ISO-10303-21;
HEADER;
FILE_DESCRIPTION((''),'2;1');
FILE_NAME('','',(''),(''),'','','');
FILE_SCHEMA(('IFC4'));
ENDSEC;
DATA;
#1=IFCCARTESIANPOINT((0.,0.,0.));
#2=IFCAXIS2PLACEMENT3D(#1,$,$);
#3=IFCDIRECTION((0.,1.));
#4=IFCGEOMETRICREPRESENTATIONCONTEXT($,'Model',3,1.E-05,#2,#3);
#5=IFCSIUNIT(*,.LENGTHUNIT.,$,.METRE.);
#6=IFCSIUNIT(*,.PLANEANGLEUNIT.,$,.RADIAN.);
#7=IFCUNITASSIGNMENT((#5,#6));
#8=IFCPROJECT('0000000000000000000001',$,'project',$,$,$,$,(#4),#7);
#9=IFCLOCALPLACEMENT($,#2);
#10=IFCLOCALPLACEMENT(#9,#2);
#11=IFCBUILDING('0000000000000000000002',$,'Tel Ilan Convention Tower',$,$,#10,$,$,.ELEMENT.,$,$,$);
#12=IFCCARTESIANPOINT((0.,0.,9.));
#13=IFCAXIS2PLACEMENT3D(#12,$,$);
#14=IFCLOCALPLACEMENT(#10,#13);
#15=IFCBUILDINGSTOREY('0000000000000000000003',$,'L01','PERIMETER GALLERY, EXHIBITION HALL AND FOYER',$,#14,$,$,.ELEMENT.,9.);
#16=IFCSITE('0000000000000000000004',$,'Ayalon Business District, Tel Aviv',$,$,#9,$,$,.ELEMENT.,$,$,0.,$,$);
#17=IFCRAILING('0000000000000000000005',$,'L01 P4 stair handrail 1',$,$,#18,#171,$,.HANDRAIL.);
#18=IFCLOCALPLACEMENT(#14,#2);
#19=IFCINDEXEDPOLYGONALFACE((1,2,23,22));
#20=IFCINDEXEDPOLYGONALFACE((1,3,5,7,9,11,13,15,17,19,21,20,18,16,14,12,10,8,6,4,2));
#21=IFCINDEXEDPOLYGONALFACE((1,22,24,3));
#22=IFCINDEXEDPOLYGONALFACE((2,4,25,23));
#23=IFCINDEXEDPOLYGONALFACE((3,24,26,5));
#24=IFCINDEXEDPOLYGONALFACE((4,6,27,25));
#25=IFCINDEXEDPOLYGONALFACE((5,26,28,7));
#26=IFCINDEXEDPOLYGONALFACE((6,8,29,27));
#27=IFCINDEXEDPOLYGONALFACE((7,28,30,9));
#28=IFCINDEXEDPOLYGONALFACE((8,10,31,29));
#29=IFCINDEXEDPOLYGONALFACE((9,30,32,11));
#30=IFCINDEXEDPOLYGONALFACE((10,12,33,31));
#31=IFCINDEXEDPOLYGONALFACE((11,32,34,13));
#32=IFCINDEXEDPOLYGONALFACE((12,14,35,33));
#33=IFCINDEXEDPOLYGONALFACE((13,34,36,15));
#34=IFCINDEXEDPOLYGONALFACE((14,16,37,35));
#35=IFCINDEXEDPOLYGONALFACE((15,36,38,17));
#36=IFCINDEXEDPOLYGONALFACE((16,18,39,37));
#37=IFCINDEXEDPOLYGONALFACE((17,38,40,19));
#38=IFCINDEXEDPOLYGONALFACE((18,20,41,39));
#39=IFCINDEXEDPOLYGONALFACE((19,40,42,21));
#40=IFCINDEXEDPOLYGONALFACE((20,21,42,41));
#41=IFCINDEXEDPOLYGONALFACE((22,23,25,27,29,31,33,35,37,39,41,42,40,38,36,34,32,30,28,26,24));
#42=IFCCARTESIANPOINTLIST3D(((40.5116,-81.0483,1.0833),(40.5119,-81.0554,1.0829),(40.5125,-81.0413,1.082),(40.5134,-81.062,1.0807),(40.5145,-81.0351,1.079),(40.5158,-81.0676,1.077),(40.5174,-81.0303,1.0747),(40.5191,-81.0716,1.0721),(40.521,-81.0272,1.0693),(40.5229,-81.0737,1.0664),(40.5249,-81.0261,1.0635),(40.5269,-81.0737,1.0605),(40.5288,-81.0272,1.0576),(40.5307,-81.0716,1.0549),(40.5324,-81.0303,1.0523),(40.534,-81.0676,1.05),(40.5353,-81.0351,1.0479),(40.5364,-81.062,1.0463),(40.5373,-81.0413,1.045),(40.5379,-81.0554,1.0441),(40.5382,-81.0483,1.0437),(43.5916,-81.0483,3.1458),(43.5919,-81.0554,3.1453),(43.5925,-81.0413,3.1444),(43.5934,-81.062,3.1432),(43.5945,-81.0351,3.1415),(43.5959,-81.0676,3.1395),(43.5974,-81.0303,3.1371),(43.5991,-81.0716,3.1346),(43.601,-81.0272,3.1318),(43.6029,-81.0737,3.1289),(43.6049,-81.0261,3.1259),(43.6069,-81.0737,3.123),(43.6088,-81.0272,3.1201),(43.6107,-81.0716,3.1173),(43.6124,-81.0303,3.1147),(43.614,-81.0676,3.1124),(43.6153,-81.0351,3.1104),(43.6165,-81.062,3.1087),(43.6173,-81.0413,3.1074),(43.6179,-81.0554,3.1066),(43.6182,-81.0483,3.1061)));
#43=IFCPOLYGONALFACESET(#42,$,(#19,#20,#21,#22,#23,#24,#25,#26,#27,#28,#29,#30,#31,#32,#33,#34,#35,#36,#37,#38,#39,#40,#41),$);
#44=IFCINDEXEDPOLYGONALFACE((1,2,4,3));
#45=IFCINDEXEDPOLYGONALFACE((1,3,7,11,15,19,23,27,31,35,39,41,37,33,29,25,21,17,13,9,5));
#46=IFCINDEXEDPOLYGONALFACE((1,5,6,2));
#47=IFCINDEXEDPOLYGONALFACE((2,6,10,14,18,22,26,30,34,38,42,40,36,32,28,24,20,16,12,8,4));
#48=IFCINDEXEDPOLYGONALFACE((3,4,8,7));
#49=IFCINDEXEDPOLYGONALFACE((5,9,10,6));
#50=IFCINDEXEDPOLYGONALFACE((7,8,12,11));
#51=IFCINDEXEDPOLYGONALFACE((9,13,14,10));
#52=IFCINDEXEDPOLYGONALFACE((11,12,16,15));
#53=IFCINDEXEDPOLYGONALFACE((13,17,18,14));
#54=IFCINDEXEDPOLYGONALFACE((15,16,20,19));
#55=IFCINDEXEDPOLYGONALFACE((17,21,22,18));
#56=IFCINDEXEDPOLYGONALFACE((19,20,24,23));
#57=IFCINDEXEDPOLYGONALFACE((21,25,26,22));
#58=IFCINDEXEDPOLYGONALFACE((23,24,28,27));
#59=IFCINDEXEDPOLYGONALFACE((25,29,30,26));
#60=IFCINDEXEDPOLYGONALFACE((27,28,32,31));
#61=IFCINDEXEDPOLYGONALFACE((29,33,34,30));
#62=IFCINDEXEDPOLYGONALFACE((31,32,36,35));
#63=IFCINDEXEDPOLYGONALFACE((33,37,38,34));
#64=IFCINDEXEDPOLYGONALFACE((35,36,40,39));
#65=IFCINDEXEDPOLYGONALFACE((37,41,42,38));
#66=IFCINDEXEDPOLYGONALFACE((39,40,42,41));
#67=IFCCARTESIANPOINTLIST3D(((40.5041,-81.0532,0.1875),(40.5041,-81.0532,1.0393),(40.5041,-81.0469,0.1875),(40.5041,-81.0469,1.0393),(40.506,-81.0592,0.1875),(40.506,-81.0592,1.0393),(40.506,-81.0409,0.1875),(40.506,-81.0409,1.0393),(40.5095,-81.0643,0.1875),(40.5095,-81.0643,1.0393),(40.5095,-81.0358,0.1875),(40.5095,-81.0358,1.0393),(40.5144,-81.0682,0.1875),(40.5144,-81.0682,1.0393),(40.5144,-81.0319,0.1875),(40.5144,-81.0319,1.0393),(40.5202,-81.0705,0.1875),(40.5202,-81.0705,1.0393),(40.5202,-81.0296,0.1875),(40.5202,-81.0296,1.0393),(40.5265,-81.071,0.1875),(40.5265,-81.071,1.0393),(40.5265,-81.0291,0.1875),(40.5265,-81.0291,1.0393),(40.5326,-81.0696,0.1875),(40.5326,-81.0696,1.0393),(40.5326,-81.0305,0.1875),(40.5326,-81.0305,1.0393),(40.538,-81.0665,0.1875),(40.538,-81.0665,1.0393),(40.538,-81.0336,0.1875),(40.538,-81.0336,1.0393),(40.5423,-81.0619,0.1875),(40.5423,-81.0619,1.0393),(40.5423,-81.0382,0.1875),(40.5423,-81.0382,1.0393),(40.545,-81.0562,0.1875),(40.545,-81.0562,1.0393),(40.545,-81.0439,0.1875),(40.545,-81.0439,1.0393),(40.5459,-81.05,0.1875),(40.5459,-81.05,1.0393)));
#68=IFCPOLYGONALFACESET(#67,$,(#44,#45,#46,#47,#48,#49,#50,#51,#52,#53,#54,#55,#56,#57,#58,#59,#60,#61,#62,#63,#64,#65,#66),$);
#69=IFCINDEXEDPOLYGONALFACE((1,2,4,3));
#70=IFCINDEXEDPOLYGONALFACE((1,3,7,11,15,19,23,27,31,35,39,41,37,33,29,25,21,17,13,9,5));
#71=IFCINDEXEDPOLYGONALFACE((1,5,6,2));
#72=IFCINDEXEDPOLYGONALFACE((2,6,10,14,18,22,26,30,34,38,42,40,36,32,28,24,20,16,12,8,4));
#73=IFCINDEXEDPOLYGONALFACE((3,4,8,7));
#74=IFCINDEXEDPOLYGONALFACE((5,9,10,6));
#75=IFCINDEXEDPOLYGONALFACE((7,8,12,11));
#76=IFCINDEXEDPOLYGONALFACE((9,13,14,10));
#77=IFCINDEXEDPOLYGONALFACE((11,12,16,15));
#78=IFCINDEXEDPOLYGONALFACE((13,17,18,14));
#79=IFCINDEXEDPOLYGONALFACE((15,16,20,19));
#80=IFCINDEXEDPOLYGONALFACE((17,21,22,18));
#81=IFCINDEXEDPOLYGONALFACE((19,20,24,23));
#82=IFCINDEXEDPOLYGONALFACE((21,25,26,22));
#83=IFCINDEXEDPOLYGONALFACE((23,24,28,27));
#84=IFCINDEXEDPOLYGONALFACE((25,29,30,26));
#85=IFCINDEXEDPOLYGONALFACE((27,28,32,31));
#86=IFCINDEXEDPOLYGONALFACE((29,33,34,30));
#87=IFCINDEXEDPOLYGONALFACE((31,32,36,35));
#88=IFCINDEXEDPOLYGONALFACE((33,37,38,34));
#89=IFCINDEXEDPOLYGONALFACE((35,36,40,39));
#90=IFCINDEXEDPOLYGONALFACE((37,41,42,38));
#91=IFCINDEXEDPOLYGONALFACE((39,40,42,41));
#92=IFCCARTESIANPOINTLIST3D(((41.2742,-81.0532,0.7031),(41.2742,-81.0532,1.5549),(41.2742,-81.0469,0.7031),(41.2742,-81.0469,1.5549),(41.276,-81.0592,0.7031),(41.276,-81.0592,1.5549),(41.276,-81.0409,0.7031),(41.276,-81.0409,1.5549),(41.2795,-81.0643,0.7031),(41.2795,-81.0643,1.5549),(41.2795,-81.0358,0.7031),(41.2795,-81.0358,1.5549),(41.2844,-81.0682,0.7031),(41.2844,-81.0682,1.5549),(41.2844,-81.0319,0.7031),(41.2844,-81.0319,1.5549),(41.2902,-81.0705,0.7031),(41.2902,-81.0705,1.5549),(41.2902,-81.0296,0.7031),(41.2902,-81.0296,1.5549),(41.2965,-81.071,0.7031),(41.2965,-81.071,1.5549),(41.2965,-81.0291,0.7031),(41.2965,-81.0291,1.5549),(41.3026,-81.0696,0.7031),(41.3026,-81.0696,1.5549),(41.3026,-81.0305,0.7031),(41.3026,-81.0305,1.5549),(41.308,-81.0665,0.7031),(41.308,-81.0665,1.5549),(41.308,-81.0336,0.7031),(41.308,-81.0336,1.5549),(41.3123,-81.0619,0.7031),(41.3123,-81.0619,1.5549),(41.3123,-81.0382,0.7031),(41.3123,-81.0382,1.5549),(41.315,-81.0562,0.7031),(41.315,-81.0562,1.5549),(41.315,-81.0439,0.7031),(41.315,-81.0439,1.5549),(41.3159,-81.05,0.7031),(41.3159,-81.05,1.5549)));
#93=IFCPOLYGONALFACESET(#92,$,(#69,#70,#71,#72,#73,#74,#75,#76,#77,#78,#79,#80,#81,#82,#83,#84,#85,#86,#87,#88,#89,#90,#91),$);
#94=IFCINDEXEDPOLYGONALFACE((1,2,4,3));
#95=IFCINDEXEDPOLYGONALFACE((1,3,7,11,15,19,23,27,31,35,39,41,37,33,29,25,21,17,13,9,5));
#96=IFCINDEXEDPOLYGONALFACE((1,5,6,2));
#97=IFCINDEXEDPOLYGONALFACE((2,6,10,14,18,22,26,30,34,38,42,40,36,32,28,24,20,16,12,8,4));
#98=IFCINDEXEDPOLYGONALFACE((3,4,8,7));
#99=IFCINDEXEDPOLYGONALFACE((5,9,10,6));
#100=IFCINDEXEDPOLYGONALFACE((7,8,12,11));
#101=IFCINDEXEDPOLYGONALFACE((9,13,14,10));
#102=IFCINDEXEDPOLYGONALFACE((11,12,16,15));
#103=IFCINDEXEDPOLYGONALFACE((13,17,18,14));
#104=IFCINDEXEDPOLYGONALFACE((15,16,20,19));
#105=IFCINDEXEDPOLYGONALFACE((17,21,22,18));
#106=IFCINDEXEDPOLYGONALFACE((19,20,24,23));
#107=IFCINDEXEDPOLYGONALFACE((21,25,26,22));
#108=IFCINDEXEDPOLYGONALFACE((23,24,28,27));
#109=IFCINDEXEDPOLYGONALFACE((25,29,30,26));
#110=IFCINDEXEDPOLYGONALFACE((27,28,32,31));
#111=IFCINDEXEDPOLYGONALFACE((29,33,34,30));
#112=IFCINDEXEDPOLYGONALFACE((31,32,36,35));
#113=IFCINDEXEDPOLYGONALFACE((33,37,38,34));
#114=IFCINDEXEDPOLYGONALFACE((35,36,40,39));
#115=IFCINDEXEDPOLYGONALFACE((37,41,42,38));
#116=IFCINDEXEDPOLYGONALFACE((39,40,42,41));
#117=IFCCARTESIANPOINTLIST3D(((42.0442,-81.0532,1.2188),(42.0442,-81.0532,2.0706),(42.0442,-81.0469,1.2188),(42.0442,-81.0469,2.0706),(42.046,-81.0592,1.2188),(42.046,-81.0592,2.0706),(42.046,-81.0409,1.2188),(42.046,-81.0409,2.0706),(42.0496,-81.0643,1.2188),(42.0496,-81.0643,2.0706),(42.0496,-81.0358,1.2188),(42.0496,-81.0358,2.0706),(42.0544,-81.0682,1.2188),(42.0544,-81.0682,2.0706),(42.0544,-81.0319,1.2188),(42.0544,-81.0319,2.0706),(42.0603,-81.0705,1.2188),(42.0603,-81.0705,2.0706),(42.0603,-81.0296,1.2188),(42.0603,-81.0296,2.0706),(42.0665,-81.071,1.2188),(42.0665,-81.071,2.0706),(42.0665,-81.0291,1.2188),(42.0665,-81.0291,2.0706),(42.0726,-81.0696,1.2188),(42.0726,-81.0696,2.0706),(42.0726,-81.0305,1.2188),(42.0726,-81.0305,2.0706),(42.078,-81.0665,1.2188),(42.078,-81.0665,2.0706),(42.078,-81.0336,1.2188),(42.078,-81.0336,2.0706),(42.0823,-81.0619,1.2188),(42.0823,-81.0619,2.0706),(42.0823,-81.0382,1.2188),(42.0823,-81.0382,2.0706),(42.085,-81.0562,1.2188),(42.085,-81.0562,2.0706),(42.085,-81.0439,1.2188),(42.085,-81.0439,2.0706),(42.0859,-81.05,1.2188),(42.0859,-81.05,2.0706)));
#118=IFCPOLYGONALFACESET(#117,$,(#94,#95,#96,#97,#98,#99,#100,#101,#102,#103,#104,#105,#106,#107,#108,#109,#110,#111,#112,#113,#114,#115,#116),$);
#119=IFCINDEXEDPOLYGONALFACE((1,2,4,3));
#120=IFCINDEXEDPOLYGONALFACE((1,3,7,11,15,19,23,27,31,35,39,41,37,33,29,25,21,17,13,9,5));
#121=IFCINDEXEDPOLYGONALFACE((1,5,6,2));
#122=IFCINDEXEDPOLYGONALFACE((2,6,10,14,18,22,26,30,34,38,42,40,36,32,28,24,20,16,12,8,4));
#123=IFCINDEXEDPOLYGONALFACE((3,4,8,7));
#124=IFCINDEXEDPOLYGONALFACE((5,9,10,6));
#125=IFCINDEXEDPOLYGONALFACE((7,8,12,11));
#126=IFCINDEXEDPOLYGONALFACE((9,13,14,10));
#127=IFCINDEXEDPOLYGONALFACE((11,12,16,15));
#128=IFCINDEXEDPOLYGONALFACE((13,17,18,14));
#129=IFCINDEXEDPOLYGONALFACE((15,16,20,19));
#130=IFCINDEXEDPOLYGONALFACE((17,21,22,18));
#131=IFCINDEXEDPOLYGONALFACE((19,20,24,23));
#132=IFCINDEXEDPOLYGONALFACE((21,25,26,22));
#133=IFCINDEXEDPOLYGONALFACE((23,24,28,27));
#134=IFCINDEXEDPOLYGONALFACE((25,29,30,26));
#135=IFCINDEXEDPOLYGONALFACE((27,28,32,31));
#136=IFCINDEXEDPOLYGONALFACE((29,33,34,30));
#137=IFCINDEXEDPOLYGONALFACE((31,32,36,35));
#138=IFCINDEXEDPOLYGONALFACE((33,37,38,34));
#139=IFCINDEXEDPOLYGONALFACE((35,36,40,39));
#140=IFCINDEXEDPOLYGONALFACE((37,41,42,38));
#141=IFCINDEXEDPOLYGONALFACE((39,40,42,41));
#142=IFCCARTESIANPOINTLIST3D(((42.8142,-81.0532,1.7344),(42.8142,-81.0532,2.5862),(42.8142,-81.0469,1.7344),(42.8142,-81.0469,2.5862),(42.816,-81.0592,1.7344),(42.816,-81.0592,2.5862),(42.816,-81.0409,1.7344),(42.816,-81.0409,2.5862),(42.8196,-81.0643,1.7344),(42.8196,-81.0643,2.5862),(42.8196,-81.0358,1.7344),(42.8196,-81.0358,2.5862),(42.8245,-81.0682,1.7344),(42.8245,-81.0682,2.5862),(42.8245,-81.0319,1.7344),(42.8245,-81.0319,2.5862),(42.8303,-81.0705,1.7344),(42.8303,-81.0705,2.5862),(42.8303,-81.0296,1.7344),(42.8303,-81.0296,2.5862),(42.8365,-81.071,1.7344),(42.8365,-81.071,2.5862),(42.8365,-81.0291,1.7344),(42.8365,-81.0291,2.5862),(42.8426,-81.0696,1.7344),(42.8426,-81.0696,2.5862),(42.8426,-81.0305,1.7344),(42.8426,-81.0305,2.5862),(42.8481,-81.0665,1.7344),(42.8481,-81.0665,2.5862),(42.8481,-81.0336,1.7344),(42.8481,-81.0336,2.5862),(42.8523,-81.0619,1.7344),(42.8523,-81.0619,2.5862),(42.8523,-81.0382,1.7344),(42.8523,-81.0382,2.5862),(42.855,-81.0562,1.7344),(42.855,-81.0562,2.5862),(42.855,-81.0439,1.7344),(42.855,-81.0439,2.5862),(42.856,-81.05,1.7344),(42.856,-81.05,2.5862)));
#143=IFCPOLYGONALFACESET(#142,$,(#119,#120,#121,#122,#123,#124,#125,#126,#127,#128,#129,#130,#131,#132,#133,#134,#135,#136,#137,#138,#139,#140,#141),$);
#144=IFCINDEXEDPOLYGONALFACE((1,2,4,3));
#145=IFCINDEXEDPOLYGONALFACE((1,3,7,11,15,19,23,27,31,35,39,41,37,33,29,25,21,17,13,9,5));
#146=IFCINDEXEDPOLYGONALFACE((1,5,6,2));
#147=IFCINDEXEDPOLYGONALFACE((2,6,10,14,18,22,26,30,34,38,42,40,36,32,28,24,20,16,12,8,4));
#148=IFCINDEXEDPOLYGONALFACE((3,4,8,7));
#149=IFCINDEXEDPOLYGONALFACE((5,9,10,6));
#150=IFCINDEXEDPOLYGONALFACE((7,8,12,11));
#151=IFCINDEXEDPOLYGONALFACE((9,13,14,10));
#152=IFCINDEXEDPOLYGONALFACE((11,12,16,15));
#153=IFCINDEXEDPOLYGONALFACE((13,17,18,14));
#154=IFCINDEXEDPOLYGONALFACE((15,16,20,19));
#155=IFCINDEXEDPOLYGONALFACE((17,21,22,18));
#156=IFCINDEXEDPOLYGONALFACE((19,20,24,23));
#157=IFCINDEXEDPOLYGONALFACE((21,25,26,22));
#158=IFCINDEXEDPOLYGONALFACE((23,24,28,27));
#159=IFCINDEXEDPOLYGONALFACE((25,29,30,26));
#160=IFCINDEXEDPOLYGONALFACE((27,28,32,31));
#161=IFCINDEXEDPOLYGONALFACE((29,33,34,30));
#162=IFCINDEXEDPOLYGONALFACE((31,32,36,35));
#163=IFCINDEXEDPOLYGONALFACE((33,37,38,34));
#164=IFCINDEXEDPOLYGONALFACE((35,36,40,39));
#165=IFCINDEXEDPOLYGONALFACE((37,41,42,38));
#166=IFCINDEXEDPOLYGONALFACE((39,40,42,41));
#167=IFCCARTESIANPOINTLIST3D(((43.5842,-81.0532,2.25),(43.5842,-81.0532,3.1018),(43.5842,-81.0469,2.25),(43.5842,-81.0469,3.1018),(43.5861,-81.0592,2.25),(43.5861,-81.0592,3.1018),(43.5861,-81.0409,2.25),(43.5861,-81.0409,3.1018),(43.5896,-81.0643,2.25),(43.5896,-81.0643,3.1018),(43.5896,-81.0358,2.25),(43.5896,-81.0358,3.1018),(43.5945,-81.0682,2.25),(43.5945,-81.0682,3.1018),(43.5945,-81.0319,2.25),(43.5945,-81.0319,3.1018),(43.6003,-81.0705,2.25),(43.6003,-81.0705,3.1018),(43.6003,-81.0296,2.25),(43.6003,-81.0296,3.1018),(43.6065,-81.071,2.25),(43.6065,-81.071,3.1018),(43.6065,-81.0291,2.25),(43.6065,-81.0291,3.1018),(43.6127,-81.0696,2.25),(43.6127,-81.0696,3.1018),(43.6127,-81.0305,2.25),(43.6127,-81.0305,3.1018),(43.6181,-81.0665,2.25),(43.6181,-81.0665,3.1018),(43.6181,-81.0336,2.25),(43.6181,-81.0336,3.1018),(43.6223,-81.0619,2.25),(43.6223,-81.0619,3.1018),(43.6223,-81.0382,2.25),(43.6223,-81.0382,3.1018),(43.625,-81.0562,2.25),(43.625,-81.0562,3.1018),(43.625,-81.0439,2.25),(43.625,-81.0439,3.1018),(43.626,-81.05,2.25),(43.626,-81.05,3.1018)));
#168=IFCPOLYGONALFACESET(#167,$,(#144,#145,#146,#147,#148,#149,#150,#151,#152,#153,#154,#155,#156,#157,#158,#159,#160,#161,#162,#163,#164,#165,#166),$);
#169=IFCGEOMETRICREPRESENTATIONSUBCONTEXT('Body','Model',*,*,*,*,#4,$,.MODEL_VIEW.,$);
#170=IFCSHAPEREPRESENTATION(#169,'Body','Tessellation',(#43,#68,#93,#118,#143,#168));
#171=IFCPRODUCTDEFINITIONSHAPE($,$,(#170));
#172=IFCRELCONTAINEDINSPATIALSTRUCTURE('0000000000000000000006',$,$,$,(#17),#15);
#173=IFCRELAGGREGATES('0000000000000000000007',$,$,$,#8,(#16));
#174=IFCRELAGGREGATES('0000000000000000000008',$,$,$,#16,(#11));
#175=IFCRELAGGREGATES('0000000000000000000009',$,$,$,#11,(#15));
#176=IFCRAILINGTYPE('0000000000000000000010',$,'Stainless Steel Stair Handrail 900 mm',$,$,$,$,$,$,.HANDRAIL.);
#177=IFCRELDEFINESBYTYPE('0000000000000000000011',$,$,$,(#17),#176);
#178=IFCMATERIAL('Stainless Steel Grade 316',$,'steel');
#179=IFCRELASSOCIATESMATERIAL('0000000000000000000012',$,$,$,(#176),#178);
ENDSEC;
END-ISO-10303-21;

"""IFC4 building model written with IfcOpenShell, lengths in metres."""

from ifc_helpers import new_model, si_unit, direction, frame, origin, origin_2d, place, context, subcontext, project, spatial, circle, extrude, material, type_object, element, save


model = new_model("IFC4")

# Units and contexts
model_context = context("Model", 3, precision=1e-05, world=origin(), true_north=direction((0.0, 1.0)))
body_context = subcontext(model_context, "Body", "Model", "MODEL_VIEW")
ifc_project = project(units=[si_unit("LENGTHUNIT", "METRE"), si_unit("PLANEANGLEUNIT", "RADIAN")], contexts=[model_context])

# Site, building, storey
site_placement = place(None, origin())
site = spatial("IfcSite", under=ifc_project, at=site_placement, Name="Ayalon Business District, Tel Aviv", CompositionType="ELEMENT", RefElevation=0.0)
building_placement = place(site_placement, origin())
building = spatial("IfcBuilding", under=site, at=building_placement, Name="Tel Ilan Convention Tower", CompositionType="ELEMENT")
storey_placement = place(building_placement, frame((0.0, 0.0, 9.0)))
storey = spatial("IfcBuildingStorey", under=building, at=storey_placement, Name="L01", Description="PERIMETER GALLERY, EXHIBITION HALL AND FOYER", CompositionType="ELEMENT", Elevation=9.0)

# Railing
ifc_material_1 = material(Name="Stainless Steel Grade 316", Category="steel")
railing_type_1 = type_object("IfcRailingType", Name="Stainless Steel Stair Handrail 900 mm", PredefinedType="HANDRAIL", material=ifc_material_1)
railing_1_placement = place(storey_placement, frame((40.5249, -81.05, 0.1875)))
element("IfcRailing", 1, at=railing_1_placement, inside=storey, type_object=railing_type_1, Name="L01 P4 stair handrail 1", PredefinedType="HANDRAIL", context=body_context, shape_type="SweptSolid", body=[
    extrude(circle(Radius=0.0239, at=origin_2d()), frame((0.0, 0.0, 0.876), z_axis=(0.830914, 0.0, 0.556401), x_axis=(0.0, 1.0, 0.0)), (0.0, 0.0, 1.0), 3.7068),
    extrude(circle(Radius=0.021, at=origin_2d()), origin(), (0.0, 0.0, 1.0), 0.8518),
    extrude(circle(Radius=0.021, at=origin_2d()), frame((0.77, 0.0, 0.5156)), (0.0, 0.0, 1.0), 0.8518),
    extrude(circle(Radius=0.021, at=origin_2d()), frame((1.54, 0.0, 1.0312)), (0.0, 0.0, 1.0), 0.8518),
    extrude(circle(Radius=0.021, at=origin_2d()), frame((2.3101, 0.0, 1.5469)), (0.0, 0.0, 1.0), 0.8518),
    extrude(circle(Radius=0.021, at=origin_2d()), frame((3.0801, 0.0, 2.0625)), (0.0, 0.0, 1.0), 0.8518),
])

save(model, "model.ifc")
